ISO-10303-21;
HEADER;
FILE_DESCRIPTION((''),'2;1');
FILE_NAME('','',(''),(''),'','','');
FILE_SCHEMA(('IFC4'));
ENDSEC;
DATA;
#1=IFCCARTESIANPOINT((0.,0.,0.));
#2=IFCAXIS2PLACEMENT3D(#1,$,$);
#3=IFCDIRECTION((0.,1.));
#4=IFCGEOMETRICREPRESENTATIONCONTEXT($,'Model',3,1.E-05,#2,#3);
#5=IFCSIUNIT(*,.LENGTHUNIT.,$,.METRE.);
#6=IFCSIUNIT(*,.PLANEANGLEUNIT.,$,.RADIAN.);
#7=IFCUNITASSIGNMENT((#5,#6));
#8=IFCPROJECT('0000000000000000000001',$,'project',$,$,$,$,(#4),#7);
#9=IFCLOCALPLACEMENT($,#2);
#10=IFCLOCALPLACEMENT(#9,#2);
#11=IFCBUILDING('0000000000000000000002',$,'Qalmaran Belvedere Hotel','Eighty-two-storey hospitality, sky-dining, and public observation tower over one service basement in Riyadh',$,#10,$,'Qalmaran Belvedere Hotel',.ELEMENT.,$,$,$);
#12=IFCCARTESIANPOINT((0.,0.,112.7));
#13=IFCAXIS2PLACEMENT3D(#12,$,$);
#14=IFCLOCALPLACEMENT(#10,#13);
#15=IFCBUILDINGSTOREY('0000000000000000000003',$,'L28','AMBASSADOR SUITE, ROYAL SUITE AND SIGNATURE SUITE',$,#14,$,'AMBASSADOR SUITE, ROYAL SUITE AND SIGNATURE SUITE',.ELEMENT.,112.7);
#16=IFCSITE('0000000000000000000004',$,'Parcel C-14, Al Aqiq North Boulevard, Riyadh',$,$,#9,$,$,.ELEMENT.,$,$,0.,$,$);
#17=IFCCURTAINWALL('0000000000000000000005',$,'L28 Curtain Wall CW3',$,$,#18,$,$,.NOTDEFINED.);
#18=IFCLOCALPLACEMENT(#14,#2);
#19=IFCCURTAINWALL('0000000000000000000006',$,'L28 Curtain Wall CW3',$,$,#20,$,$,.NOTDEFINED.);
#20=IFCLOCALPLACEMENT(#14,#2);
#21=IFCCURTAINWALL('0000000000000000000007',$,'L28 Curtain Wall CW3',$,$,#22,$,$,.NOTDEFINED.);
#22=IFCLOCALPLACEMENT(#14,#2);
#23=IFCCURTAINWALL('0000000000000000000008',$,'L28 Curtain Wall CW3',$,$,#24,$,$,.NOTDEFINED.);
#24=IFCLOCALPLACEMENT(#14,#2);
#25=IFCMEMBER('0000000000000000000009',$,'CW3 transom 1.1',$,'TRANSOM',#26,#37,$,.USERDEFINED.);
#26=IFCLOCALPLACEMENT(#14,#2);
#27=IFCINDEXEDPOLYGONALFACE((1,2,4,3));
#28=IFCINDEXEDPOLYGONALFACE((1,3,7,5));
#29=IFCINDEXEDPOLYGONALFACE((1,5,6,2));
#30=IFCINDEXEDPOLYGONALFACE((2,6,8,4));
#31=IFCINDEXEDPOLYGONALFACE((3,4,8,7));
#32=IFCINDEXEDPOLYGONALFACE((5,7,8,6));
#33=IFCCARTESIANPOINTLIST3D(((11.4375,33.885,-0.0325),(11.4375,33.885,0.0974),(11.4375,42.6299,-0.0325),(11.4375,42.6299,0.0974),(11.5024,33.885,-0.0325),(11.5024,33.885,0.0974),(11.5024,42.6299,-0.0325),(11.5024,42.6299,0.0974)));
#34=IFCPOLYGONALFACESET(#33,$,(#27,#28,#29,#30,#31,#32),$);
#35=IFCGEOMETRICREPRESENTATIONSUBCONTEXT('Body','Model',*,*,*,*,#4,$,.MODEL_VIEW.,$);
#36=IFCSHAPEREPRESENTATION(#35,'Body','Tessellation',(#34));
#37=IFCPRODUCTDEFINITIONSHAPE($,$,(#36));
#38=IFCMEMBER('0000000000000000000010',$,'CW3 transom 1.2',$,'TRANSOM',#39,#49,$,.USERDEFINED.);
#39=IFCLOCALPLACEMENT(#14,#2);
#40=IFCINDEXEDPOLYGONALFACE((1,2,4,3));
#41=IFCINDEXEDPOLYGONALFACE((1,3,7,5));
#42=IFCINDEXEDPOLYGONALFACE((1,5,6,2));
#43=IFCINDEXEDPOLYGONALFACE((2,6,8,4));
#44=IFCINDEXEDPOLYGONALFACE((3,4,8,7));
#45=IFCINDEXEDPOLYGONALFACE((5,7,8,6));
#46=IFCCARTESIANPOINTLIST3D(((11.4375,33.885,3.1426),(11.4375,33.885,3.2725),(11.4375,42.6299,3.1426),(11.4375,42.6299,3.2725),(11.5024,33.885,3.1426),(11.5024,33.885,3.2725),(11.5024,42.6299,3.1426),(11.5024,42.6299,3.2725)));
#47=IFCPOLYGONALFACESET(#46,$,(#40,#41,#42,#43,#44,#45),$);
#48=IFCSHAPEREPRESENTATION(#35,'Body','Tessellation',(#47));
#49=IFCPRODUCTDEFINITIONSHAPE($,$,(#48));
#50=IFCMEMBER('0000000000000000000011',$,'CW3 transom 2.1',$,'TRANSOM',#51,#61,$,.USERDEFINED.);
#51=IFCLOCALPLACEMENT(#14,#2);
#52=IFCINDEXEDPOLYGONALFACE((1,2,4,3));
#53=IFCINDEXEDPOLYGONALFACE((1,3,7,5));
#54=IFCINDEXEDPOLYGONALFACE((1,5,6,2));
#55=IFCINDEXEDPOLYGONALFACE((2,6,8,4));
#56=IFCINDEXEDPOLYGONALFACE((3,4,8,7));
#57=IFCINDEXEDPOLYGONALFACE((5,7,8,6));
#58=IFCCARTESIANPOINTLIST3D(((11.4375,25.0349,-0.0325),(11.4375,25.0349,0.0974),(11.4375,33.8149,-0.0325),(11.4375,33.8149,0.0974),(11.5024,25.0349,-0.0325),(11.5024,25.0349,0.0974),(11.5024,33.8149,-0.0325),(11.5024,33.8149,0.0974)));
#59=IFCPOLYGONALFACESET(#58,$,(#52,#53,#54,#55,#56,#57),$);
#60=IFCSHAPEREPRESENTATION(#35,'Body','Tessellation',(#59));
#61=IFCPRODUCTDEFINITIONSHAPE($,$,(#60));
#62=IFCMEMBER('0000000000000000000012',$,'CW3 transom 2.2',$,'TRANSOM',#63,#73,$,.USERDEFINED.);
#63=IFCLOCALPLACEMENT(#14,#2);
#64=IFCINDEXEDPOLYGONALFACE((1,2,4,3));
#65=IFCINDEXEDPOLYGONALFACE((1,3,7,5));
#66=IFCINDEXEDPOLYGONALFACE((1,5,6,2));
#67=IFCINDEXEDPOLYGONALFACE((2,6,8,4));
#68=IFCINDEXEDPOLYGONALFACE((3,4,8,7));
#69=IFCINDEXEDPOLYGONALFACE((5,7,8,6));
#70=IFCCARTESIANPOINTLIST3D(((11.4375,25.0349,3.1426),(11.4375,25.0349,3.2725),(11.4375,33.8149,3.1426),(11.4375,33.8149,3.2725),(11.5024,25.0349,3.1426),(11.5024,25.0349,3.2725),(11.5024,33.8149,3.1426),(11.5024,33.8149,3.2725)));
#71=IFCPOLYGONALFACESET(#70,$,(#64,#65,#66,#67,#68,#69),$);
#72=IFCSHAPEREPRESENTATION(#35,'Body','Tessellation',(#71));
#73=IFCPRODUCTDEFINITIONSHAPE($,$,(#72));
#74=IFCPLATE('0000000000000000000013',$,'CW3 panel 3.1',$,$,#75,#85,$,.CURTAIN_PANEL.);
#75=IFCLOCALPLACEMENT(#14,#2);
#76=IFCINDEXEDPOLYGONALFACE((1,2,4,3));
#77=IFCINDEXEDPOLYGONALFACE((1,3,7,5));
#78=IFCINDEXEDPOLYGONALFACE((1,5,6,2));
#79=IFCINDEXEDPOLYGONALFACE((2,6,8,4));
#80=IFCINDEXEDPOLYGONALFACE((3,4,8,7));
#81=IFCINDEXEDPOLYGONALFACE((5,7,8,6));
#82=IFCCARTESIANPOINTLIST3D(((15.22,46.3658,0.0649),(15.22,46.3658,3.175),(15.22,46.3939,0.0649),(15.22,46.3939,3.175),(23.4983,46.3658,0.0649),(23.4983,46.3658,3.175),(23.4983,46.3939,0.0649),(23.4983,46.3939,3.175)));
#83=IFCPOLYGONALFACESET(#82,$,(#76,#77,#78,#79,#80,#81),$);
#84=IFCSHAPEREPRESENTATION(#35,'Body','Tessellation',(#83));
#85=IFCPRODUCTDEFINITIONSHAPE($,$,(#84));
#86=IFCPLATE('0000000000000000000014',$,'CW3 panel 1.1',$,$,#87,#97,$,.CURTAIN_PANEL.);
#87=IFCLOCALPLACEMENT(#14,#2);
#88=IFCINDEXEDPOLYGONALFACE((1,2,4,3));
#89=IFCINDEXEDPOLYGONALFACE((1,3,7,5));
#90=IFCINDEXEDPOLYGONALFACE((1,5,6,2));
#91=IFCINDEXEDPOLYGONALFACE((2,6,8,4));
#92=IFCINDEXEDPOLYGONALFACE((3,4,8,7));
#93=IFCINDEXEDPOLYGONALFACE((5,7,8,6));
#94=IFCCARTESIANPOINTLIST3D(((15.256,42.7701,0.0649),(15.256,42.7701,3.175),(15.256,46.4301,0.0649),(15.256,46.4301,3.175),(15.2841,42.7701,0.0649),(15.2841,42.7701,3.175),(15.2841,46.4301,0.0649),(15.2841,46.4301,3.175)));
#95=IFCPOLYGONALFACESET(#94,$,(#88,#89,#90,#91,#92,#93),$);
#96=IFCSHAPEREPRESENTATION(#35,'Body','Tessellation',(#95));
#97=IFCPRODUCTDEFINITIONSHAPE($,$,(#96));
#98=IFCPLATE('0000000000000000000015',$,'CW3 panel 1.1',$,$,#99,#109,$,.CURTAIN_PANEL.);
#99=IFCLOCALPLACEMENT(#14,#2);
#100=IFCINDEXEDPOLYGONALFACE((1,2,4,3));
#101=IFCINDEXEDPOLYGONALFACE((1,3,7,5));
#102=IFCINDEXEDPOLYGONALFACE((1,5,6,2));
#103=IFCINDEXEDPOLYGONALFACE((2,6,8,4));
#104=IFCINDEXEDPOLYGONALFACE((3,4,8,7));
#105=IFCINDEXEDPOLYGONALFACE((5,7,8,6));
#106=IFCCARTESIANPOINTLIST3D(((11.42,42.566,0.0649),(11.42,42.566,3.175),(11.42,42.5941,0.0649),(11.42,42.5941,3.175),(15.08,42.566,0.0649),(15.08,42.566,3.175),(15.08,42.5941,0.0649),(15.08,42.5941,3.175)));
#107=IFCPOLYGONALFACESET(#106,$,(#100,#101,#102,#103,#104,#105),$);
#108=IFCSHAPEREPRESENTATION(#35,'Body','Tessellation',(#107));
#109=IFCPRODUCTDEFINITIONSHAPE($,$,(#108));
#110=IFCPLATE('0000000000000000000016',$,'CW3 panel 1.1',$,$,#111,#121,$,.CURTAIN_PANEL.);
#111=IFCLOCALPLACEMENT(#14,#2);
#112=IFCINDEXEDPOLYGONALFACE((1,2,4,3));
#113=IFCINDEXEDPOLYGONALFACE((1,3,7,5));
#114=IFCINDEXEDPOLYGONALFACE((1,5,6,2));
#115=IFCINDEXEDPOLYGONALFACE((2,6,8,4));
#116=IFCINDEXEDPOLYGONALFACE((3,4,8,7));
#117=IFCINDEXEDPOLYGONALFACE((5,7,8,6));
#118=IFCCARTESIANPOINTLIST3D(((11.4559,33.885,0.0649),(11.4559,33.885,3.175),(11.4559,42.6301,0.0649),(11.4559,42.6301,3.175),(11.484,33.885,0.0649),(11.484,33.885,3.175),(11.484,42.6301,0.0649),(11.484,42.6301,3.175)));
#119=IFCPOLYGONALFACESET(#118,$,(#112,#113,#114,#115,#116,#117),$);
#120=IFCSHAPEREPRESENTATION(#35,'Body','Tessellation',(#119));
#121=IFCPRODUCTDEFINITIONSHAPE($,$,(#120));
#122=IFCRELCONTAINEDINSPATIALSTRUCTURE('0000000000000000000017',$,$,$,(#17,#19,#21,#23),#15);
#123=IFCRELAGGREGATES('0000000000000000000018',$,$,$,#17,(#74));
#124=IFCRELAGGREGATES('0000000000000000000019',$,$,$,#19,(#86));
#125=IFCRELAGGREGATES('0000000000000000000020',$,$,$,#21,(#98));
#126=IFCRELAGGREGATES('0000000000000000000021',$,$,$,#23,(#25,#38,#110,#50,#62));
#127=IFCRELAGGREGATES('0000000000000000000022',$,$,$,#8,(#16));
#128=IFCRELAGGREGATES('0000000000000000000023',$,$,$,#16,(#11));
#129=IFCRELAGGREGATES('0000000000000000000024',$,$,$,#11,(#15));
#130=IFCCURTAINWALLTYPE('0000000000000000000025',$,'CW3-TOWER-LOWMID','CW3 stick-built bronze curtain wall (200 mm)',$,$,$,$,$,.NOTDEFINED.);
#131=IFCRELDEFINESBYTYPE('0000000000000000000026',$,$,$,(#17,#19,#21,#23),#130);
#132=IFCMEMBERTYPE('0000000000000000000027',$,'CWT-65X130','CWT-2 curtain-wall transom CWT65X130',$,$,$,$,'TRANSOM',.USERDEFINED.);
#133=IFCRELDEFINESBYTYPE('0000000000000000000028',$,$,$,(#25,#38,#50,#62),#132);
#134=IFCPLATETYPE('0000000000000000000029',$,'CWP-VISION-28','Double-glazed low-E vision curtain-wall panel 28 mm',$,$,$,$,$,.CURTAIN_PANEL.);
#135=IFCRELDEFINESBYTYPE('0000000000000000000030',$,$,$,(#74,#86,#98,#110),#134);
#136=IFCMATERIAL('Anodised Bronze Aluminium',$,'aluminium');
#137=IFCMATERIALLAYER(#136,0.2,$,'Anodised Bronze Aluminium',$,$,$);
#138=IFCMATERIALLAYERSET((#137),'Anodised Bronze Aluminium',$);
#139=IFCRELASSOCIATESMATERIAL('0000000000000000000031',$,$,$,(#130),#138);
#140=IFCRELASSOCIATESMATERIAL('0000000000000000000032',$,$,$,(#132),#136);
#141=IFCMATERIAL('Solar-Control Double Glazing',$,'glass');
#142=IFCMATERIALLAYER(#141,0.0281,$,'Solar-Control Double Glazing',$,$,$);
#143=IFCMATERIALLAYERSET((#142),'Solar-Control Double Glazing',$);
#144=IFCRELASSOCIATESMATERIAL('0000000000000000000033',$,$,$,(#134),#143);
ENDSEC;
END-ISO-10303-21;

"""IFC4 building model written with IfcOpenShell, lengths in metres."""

from ifc_helpers import new_model, si_unit, direction, frame, origin, origin_2d, place, context, subcontext, project, spatial, rectangle, extrude, material, layer, layer_set, material_profile, profile_set, type_object, element, aggregate, save


model = new_model("IFC4")

# Units and contexts
model_context = context("Model", 3, precision=1e-05, world=origin(), true_north=direction((0.0, 1.0)))
body_context = subcontext(model_context, "Body", "Model", "MODEL_VIEW")
ifc_project = project(units=[si_unit("LENGTHUNIT", "METRE"), si_unit("PLANEANGLEUNIT", "RADIAN")], contexts=[model_context])

# Site, building, storey
site_placement = place(None, origin())
site = spatial("IfcSite", under=ifc_project, at=site_placement, Name="Parcel C-14, Al Aqiq North Boulevard, Riyadh", CompositionType="ELEMENT", RefElevation=0.0)
building_placement = place(site_placement, origin())
building = spatial("IfcBuilding", under=site, at=building_placement, Name="Qalmaran Belvedere Hotel", Description="Eighty-two-storey hospitality, sky-dining, and public observation tower over one service basement in Riyadh", LongName="Qalmaran Belvedere Hotel", CompositionType="ELEMENT")
storey_placement = place(building_placement, frame((0.0, 0.0, 112.7)))
storey = spatial("IfcBuildingStorey", under=building, at=storey_placement, Name="L28", Description="AMBASSADOR SUITE, ROYAL SUITE AND SIGNATURE SUITE", LongName="AMBASSADOR SUITE, ROYAL SUITE AND SIGNATURE SUITE", CompositionType="ELEMENT", Elevation=112.7)

# Curtain wall
ifc_material_1 = material(Name="Anodised Bronze Aluminium", Category="aluminium")
ifc_layer_1 = layer(ifc_material_1, 0.2, Name="Anodised Bronze Aluminium")
ifc_layer_set_1 = layer_set([ifc_layer_1], Name="Anodised Bronze Aluminium")
curtain_wall_type = type_object("IfcCurtainWallType", Name="CW3-TOWER-LOWMID", Description="CW3 stick-built bronze curtain wall (200 mm)", PredefinedType="NOTDEFINED", material=ifc_layer_set_1)
curtain_wall_1_placement = place(storey_placement, origin())
curtain_wall_1 = element("IfcCurtainWall", 1, at=curtain_wall_1_placement, inside=storey, type_object=curtain_wall_type, Name="L28 Curtain Wall CW3", PredefinedType="NOTDEFINED")

# Curtain walls
curtain_wall_2_placement = place(storey_placement, origin())
curtain_wall_2 = element("IfcCurtainWall", 2, at=curtain_wall_2_placement, inside=storey, type_object=curtain_wall_type, Name="L28 Curtain Wall CW3", PredefinedType="NOTDEFINED")
curtain_wall_3_placement = place(storey_placement, origin())
curtain_wall_3 = element("IfcCurtainWall", 3, at=curtain_wall_3_placement, inside=storey, type_object=curtain_wall_type, Name="L28 Curtain Wall CW3", PredefinedType="NOTDEFINED")
curtain_wall_4_placement = place(storey_placement, origin())
curtain_wall_4 = element("IfcCurtainWall", 4, at=curtain_wall_4_placement, inside=storey, type_object=curtain_wall_type, Name="L28 Curtain Wall CW3", PredefinedType="NOTDEFINED")

# Members
ifc_material_profile_1 = material_profile(ifc_material_1, rectangle(XDim=0.0649, YDim=0.1299, at=origin_2d()), Name="CWT65X130")
ifc_profile_set_1 = profile_set([ifc_material_profile_1], Name="Anodised Bronze Aluminium")
member_type_1 = type_object("IfcMemberType", Name="CWT-65X130", Description="CWT-2 curtain-wall transom CWT65X130", ElementType="TRANSOM", PredefinedType="USERDEFINED", material=ifc_profile_set_1)
member_1_placement = place(storey_placement, frame((11.47, 42.6299, 0.0325), z_axis=(0.0, -1.0, 0.0), x_axis=(1.0, 0.0, 0.0)))
member_1 = element("IfcMember", 5, at=member_1_placement, type_object=member_type_1, Name="CW3 transom 1.1", ObjectType="TRANSOM", PredefinedType="USERDEFINED", context=body_context, shape_type="SweptSolid", body=[
    extrude(rectangle(XDim=0.0649, YDim=0.1299, at=origin_2d()), origin(), (0.0, 0.0, 1.0), 8.7449),
])
member_2_placement = place(storey_placement, frame((11.47, 42.6299, 3.2075), z_axis=(0.0, -1.0, 0.0), x_axis=(1.0, 0.0, 0.0)))
member_2 = element("IfcMember", 6, at=member_2_placement, type_object=member_type_1, Name="CW3 transom 1.2", ObjectType="TRANSOM", PredefinedType="USERDEFINED", context=body_context, shape_type="SweptSolid", body=[
    extrude(rectangle(XDim=0.0649, YDim=0.1299, at=origin_2d()), origin(), (0.0, 0.0, 1.0), 8.7449),
])
member_3_placement = place(storey_placement, frame((11.47, 33.8149, 0.0325), z_axis=(0.0, -1.0, 0.0), x_axis=(1.0, 0.0, 0.0)))
member_3 = element("IfcMember", 7, at=member_3_placement, type_object=member_type_1, Name="CW3 transom 2.1", ObjectType="TRANSOM", PredefinedType="USERDEFINED", context=body_context, shape_type="SweptSolid", body=[
    extrude(rectangle(XDim=0.0649, YDim=0.1299, at=origin_2d()), origin(), (0.0, 0.0, 1.0), 8.78),
])
member_4_placement = place(storey_placement, frame((11.47, 33.8149, 3.2075), z_axis=(0.0, -1.0, 0.0), x_axis=(1.0, 0.0, 0.0)))
member_4 = element("IfcMember", 8, at=member_4_placement, type_object=member_type_1, Name="CW3 transom 2.2", ObjectType="TRANSOM", PredefinedType="USERDEFINED", context=body_context, shape_type="SweptSolid", body=[
    extrude(rectangle(XDim=0.0649, YDim=0.1299, at=origin_2d()), origin(), (0.0, 0.0, 1.0), 8.78),
])

# Plates
ifc_material_2 = material(Name="Solar-Control Double Glazing", Category="glass")
ifc_layer_2 = layer(ifc_material_2, 0.0281, Name="Solar-Control Double Glazing")
ifc_layer_set_2 = layer_set([ifc_layer_2], Name="Solar-Control Double Glazing")
plate_type = type_object("IfcPlateType", Name="CWP-VISION-28", Description="Double-glazed low-E vision curtain-wall panel 28 mm", PredefinedType="CURTAIN_PANEL", material=ifc_layer_set_2)
plate_1_placement = place(storey_placement, frame((19.3591, 46.3799, 0.0649), z_axis=(0.0, 0.0, 1.0), x_axis=(-1.0, 0.0, 0.0)))
plate_1 = element("IfcPlate", 9, at=plate_1_placement, type_object=plate_type, Name="CW3 panel 3.1", PredefinedType="CURTAIN_PANEL", context=body_context, shape_type="SweptSolid", body=[
    extrude(rectangle(XDim=8.2783, YDim=0.0281, at=origin_2d()), origin(), (0.0, 0.0, 1.0), 3.1101),
])
aggregate(curtain_wall_1, [plate_1])
plate_2_placement = place(storey_placement, frame((15.27, 44.6001, 0.0649), z_axis=(0.0, 0.0, 1.0), x_axis=(0.0, -1.0, 0.0)))
plate_2 = element("IfcPlate", 10, at=plate_2_placement, type_object=plate_type, Name="CW3 panel 1.1", PredefinedType="CURTAIN_PANEL", context=body_context, shape_type="SweptSolid", body=[
    extrude(rectangle(XDim=3.6599, YDim=0.0281, at=origin_2d()), origin(), (0.0, 0.0, 1.0), 3.1101),
])
aggregate(curtain_wall_2, [plate_2])
plate_3_placement = place(storey_placement, frame((13.25, 42.5801, 0.0649), z_axis=(0.0, 0.0, 1.0), x_axis=(-1.0, 0.0, 0.0)))
plate_3 = element("IfcPlate", 11, at=plate_3_placement, type_object=plate_type, Name="CW3 panel 1.1", PredefinedType="CURTAIN_PANEL", context=body_context, shape_type="SweptSolid", body=[
    extrude(rectangle(XDim=3.6599, YDim=0.0281, at=origin_2d()), origin(), (0.0, 0.0, 1.0), 3.1101),
])
aggregate(curtain_wall_3, [plate_3])
plate_4_placement = place(storey_placement, frame((11.47, 38.2576, 0.0649), z_axis=(0.0, 0.0, 1.0), x_axis=(0.0, -1.0, 0.0)))
plate_4 = element("IfcPlate", 12, at=plate_4_placement, type_object=plate_type, Name="CW3 panel 1.1", PredefinedType="CURTAIN_PANEL", context=body_context, shape_type="SweptSolid", body=[
    extrude(rectangle(XDim=8.7451, YDim=0.0281, at=origin_2d()), origin(), (0.0, 0.0, 1.0), 3.1101),
])
aggregate(curtain_wall_4, [member_1, member_2, plate_4, member_3, member_4])

save(model, "model.ifc")
